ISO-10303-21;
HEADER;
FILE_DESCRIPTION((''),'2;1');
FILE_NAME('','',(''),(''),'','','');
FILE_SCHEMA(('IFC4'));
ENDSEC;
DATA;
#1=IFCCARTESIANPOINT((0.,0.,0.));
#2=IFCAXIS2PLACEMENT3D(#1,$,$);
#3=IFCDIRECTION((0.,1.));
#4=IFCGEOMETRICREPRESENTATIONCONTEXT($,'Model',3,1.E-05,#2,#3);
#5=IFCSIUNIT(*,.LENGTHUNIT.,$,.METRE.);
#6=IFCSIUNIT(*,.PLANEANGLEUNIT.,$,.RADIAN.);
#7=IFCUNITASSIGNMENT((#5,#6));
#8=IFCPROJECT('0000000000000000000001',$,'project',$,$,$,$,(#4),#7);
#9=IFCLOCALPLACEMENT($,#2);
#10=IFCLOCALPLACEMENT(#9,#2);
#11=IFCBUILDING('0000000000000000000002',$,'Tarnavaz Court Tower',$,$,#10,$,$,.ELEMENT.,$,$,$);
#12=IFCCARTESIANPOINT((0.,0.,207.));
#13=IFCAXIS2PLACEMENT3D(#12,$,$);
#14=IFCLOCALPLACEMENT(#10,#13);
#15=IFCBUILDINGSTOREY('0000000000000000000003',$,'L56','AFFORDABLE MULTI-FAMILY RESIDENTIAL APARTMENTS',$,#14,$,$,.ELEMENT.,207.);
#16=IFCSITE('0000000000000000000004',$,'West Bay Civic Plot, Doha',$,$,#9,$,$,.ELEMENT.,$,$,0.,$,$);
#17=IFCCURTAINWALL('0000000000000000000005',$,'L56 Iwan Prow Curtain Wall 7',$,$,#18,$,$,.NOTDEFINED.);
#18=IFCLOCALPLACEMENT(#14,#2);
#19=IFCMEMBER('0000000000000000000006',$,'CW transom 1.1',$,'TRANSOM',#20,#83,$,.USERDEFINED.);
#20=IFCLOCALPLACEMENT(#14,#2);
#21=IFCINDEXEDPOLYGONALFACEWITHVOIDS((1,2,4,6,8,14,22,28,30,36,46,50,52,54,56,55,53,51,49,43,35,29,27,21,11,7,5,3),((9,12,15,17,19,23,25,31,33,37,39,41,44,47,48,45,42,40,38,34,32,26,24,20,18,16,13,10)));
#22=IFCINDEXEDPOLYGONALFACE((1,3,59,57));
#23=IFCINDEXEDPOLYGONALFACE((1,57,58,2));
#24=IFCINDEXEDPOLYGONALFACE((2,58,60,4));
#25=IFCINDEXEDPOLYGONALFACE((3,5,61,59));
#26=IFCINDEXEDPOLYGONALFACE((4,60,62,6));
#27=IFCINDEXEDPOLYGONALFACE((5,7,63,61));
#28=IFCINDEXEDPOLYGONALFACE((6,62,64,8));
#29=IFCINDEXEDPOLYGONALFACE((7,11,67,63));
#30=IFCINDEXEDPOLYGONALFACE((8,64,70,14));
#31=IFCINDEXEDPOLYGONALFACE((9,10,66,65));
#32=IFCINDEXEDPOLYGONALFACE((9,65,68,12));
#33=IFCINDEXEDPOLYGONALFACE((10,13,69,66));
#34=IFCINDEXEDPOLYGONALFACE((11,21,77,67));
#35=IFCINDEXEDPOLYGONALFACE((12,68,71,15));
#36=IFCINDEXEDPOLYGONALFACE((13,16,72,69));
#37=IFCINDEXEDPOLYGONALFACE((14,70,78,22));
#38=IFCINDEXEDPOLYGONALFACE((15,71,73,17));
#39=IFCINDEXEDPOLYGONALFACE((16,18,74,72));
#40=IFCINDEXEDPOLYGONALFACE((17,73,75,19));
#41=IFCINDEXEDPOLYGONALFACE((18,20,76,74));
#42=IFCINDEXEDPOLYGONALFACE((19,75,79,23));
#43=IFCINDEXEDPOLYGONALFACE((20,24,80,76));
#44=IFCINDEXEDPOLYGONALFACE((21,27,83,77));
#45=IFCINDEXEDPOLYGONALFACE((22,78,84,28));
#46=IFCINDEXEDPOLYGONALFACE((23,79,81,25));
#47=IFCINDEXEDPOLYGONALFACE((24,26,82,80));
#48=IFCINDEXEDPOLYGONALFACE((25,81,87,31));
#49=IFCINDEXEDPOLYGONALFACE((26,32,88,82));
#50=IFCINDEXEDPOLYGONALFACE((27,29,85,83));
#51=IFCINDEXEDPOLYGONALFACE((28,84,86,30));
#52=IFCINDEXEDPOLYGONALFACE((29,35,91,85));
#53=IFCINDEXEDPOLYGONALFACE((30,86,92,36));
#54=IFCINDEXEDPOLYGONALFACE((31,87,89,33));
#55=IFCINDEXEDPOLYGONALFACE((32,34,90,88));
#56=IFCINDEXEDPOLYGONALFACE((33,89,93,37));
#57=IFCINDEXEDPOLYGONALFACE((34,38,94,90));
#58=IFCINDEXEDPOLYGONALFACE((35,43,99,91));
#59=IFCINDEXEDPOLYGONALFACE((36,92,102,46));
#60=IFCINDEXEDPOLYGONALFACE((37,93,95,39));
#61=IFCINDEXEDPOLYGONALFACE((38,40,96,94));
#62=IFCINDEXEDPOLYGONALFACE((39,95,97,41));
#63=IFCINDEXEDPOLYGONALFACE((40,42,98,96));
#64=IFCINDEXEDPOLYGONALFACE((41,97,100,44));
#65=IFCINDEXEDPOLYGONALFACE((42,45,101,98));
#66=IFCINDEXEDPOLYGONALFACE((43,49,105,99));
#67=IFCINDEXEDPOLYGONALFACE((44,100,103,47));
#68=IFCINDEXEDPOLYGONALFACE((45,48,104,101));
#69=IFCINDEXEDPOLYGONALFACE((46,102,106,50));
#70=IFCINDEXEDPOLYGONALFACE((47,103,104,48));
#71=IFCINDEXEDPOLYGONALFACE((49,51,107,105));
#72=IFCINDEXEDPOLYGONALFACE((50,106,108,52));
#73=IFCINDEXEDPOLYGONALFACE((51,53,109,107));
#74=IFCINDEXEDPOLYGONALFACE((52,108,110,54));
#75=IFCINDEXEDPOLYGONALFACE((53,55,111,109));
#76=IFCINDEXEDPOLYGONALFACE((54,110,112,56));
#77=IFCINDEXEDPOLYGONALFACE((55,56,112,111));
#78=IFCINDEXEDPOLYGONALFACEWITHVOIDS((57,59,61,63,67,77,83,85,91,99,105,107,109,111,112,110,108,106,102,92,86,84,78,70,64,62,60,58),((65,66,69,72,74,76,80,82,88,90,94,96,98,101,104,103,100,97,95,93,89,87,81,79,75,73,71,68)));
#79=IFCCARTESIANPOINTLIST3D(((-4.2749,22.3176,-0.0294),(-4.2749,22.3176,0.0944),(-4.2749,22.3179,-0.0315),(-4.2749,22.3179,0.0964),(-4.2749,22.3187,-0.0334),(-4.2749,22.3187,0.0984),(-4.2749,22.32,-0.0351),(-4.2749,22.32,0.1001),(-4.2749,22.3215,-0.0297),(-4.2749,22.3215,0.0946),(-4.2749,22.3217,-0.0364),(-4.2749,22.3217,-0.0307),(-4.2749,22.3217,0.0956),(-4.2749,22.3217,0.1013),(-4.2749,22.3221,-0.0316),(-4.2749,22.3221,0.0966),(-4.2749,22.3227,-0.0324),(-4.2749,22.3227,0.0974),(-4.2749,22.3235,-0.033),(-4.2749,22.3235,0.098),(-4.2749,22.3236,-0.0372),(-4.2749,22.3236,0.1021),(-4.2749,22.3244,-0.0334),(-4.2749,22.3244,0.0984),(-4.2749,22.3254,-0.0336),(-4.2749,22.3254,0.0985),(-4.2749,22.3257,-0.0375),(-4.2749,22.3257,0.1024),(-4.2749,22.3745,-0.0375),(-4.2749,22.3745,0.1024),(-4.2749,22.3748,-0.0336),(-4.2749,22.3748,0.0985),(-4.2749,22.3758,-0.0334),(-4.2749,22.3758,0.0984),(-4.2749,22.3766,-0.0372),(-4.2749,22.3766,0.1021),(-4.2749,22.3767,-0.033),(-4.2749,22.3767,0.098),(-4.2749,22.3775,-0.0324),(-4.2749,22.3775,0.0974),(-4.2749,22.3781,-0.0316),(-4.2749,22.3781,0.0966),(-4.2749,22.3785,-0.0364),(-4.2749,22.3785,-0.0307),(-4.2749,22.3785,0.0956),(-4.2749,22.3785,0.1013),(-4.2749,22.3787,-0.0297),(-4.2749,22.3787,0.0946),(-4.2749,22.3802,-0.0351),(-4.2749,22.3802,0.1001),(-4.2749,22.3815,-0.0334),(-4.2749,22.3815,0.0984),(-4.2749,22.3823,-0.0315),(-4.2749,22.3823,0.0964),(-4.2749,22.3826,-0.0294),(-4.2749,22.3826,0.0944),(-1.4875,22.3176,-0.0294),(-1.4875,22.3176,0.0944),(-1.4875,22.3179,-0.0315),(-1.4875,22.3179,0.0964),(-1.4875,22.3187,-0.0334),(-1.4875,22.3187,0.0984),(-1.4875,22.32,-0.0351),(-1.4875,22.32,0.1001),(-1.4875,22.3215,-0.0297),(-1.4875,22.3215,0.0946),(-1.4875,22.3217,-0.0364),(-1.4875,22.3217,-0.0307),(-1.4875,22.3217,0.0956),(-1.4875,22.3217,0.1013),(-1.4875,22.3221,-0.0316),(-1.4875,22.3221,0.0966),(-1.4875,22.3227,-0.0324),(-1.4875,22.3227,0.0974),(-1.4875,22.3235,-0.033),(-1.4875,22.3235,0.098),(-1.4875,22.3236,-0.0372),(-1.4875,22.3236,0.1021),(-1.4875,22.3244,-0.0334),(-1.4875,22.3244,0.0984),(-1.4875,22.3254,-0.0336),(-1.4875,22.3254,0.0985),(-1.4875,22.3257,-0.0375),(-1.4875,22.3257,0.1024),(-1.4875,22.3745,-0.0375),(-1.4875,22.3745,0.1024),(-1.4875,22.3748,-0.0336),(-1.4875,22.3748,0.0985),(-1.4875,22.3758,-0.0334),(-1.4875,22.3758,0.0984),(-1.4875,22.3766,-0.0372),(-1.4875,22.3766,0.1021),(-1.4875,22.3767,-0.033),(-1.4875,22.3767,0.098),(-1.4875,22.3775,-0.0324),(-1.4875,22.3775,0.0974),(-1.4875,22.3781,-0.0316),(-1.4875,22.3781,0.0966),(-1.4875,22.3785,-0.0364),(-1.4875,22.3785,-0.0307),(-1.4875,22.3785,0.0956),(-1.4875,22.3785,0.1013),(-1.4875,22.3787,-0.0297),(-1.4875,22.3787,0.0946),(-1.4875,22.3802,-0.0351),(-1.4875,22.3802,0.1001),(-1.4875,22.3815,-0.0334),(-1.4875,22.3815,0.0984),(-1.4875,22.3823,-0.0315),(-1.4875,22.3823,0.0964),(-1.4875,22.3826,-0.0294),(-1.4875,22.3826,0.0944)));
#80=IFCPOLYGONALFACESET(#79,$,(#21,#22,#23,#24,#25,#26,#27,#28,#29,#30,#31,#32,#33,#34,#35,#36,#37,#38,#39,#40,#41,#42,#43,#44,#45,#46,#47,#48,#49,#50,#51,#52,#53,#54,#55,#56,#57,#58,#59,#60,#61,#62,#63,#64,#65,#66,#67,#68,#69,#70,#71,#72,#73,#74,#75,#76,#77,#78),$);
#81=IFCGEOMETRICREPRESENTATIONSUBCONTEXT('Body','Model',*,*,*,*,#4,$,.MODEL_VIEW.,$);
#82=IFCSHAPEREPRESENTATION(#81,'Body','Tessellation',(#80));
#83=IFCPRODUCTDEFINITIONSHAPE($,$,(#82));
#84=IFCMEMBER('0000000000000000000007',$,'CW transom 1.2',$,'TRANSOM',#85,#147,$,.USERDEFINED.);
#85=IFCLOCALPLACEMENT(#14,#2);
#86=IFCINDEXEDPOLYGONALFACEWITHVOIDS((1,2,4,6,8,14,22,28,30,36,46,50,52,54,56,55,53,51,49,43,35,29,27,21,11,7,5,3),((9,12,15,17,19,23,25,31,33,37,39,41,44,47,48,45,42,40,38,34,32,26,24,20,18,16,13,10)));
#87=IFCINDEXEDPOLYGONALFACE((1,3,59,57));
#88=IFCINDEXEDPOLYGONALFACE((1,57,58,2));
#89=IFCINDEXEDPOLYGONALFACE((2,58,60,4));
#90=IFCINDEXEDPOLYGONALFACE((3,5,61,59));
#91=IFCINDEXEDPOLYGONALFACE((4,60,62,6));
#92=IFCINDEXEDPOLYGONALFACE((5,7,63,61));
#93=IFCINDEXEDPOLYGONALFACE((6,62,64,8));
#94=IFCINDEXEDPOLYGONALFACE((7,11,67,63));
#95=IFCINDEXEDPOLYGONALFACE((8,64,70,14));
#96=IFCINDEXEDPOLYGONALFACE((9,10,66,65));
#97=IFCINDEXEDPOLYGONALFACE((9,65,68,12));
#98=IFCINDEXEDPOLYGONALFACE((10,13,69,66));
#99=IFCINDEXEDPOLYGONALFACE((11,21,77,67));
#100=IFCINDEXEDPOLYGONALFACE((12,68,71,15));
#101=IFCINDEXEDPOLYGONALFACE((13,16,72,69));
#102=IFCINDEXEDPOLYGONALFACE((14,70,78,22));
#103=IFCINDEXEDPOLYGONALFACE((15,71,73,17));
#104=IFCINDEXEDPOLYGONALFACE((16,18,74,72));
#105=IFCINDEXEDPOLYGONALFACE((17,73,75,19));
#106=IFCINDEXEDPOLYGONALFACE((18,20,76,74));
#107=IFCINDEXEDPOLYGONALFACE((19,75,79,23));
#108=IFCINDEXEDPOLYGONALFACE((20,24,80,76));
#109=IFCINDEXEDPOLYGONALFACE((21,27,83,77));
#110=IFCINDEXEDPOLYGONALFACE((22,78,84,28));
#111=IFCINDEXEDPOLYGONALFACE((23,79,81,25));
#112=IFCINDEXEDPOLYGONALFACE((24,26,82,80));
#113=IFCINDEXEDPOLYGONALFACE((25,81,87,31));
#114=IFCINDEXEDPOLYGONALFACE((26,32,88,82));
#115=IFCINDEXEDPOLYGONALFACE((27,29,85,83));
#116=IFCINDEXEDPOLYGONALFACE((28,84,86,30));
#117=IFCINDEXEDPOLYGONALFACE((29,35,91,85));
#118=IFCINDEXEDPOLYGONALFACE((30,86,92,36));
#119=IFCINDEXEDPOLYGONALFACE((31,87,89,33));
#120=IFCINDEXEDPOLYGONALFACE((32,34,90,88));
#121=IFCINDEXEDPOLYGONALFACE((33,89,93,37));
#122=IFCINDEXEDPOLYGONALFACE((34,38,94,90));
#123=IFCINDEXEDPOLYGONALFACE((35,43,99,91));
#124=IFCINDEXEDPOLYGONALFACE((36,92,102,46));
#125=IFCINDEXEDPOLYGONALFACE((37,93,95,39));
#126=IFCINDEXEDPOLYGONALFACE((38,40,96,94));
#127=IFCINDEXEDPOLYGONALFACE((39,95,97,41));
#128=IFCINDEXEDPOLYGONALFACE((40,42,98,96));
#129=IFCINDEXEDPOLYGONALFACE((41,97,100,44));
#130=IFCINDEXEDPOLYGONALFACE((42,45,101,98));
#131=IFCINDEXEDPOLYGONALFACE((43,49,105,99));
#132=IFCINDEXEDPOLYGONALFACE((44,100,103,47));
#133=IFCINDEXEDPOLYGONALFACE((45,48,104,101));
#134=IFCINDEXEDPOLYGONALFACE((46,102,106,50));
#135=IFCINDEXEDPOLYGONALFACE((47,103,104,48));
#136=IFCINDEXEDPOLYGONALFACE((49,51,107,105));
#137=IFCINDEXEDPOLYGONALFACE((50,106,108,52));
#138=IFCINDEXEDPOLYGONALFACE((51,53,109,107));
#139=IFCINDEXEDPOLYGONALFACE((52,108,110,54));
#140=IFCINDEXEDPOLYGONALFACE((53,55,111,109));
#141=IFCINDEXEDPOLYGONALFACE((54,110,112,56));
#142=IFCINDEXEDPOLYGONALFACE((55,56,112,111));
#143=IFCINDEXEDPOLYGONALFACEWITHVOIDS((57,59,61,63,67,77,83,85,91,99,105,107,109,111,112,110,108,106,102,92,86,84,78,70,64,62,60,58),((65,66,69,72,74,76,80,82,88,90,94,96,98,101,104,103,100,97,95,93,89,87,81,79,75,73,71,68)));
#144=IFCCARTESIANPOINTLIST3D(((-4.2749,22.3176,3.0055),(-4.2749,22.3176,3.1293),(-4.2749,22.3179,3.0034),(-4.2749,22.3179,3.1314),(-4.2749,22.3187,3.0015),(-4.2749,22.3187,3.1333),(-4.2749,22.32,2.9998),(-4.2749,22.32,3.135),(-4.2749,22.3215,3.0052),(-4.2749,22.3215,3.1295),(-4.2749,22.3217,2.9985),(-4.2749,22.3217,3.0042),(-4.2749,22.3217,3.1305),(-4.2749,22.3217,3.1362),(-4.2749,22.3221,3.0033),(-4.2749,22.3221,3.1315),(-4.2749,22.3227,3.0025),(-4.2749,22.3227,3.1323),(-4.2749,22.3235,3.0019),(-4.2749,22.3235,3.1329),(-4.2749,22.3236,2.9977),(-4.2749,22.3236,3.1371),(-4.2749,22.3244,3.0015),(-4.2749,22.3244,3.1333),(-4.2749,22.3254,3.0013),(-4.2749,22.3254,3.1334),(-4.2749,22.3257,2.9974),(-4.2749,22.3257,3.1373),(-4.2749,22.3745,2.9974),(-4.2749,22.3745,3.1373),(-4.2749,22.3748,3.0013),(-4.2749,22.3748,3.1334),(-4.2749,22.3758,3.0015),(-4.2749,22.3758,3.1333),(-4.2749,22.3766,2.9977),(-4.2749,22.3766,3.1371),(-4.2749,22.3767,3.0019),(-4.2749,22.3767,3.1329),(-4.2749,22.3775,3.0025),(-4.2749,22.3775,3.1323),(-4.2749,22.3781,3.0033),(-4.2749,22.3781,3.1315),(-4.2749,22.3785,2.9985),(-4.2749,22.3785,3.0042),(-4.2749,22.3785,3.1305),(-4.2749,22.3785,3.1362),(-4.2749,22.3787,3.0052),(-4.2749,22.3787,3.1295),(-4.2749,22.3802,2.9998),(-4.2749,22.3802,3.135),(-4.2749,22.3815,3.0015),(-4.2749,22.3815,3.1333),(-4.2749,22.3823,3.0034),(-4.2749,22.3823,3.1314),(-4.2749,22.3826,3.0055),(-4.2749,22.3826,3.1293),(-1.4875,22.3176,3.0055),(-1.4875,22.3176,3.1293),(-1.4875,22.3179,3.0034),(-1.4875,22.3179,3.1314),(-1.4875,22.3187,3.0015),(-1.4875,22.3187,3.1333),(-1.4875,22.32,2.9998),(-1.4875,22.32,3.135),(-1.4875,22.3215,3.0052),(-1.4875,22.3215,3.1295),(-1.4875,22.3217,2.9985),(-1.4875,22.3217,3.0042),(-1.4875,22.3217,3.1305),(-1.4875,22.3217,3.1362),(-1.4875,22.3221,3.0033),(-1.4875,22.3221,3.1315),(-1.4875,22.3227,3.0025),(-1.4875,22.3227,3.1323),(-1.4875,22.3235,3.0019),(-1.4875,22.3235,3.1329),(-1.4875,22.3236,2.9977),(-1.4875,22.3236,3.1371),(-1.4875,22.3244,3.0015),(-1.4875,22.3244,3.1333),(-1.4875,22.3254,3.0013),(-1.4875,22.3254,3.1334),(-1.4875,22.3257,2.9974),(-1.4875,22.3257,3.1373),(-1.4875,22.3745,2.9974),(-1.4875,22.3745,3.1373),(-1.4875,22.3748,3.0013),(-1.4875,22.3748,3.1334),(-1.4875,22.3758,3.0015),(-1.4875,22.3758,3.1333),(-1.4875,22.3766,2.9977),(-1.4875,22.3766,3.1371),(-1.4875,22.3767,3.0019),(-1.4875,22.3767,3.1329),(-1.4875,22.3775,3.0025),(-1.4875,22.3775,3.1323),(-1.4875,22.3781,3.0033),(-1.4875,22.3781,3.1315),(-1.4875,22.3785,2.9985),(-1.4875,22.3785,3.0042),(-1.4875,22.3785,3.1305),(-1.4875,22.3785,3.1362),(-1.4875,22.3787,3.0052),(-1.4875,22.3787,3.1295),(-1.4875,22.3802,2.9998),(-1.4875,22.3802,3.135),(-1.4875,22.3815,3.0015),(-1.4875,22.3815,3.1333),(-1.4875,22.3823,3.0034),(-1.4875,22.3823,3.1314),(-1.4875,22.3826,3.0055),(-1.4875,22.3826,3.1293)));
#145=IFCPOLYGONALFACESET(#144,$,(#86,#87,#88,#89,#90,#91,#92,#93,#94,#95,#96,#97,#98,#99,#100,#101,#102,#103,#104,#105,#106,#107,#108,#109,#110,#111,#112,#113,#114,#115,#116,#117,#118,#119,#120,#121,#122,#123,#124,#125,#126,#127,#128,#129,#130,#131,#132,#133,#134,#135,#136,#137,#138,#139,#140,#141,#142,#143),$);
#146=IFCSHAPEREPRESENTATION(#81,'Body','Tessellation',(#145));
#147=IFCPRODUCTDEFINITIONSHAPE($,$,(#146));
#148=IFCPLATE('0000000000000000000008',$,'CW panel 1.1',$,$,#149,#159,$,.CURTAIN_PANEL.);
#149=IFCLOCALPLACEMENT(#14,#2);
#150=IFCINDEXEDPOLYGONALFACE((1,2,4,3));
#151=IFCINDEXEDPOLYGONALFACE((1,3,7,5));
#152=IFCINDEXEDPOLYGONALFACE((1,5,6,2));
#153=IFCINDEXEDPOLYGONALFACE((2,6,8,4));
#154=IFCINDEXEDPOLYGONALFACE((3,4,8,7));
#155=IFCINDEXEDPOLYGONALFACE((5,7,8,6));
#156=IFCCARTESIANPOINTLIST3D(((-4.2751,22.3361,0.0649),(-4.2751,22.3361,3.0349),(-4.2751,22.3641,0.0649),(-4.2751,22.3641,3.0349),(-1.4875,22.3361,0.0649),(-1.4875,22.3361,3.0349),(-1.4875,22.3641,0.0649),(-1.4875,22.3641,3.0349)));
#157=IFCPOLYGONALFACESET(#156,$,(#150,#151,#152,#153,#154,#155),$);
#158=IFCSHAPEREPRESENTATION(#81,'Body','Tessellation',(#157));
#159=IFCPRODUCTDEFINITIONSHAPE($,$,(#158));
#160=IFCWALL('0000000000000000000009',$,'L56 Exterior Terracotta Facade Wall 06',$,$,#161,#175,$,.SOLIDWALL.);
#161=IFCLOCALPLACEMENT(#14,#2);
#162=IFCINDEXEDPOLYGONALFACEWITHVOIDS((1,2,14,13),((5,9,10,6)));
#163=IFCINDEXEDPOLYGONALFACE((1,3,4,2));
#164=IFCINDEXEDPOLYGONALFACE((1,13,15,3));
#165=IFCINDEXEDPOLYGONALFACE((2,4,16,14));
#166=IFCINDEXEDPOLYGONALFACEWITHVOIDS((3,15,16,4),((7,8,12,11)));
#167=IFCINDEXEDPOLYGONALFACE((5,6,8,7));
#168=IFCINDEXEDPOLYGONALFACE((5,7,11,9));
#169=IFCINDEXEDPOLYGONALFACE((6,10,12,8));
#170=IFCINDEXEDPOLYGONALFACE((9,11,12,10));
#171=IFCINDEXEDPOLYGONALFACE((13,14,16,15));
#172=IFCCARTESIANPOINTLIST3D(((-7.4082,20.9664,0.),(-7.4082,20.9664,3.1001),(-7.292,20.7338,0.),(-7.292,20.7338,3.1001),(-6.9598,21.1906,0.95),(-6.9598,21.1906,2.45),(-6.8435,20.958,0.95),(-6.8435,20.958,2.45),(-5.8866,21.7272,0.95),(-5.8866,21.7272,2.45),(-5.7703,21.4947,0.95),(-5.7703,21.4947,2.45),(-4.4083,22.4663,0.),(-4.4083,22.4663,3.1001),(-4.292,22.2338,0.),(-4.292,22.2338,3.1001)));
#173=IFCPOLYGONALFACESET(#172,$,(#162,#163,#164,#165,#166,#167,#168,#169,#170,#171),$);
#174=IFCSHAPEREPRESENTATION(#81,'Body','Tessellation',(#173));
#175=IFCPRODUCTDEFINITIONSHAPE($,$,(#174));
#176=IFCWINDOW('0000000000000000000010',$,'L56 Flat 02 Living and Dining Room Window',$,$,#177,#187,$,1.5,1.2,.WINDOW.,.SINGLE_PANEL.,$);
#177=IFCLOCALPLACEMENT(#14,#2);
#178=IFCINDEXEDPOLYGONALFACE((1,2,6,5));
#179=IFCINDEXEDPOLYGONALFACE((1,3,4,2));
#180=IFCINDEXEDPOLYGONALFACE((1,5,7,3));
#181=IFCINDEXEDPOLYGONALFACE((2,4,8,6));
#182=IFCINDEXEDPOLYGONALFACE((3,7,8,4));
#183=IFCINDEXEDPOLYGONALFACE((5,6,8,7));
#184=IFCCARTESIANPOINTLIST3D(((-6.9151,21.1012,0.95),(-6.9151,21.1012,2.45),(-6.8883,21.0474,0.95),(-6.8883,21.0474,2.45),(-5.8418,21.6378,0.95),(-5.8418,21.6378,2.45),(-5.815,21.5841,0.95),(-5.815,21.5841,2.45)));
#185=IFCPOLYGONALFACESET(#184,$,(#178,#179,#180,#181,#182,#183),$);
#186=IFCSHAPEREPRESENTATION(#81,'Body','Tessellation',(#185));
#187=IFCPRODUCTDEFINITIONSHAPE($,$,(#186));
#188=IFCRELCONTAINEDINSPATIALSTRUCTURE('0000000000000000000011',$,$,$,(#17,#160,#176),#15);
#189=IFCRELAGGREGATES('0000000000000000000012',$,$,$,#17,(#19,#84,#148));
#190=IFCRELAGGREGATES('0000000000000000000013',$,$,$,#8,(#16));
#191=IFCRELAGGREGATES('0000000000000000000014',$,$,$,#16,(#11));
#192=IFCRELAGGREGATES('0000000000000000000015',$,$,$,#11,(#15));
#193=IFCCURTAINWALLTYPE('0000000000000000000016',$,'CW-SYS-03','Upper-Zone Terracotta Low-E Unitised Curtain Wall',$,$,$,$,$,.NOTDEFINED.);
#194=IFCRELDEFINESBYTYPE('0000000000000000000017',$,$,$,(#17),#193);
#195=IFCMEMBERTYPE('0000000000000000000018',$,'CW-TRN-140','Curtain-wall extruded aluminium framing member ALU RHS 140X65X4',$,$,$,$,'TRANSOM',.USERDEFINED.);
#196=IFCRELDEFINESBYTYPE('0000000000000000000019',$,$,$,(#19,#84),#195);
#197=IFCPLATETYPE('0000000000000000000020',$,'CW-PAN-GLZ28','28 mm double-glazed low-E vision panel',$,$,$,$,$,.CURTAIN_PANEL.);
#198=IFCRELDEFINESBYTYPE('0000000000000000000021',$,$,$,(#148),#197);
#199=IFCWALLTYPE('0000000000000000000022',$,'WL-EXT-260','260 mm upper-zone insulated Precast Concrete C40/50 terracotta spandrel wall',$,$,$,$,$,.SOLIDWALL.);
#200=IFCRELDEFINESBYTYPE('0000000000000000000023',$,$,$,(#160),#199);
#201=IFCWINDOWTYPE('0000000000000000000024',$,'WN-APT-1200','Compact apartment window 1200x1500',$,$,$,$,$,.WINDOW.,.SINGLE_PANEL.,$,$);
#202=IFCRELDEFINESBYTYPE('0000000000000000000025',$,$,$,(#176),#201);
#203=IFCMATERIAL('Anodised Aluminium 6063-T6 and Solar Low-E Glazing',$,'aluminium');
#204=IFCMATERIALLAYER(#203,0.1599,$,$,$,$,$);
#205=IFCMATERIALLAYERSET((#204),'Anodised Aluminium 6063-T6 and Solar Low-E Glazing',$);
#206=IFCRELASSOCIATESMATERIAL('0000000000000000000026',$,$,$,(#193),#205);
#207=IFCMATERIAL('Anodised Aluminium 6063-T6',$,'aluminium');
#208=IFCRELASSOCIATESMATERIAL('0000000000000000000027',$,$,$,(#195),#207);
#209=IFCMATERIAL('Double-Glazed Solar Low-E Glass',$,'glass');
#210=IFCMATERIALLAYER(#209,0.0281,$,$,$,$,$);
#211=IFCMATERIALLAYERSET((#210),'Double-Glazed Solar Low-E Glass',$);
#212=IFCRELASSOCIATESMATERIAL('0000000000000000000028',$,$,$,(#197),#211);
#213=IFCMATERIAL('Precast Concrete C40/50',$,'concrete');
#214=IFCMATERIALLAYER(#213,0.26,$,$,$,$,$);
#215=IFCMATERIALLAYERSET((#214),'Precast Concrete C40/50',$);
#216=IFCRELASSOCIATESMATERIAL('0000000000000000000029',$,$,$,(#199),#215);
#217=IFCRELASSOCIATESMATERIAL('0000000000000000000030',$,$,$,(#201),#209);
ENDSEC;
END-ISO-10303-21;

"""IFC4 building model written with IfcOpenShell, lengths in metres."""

from ifc_helpers import new_model, si_unit, direction, frame, frame_2d, origin, origin_2d, place, context, subcontext, project, spatial, rectangle, hollow_rectangle, extrude, material, layer, layer_set, material_profile, profile_set, type_object, element, fill, aggregate, save


model = new_model("IFC4")

# Units and contexts
model_context = context("Model", 3, precision=1e-05, world=origin(), true_north=direction((0.0, 1.0)))
body_context = subcontext(model_context, "Body", "Model", "MODEL_VIEW")
ifc_project = project(units=[si_unit("LENGTHUNIT", "METRE"), si_unit("PLANEANGLEUNIT", "RADIAN")], contexts=[model_context])

# Site, building, storey
site_placement = place(None, origin())
site = spatial("IfcSite", under=ifc_project, at=site_placement, Name="West Bay Civic Plot, Doha", CompositionType="ELEMENT", RefElevation=0.0)
building_placement = place(site_placement, origin())
building = spatial("IfcBuilding", under=site, at=building_placement, Name="Tarnavaz Court Tower", CompositionType="ELEMENT")
storey_placement = place(building_placement, frame((0.0, 0.0, 207.0)))
storey = spatial("IfcBuildingStorey", under=building, at=storey_placement, Name="L56", Description="AFFORDABLE MULTI-FAMILY RESIDENTIAL APARTMENTS", CompositionType="ELEMENT", Elevation=207.0)

# Curtain wall, members, plate
ifc_material_1 = material(Name="Anodised Aluminium 6063-T6 and Solar Low-E Glazing", Category="aluminium")
ifc_layer_1 = layer(ifc_material_1, 0.1599)
ifc_layer_set_1 = layer_set([ifc_layer_1], Name="Anodised Aluminium 6063-T6 and Solar Low-E Glazing")
curtain_wall_type = type_object("IfcCurtainWallType", Name="CW-SYS-03", Description="Upper-Zone Terracotta Low-E Unitised Curtain Wall", PredefinedType="NOTDEFINED", material=ifc_layer_set_1)
curtain_wall_placement = place(storey_placement, origin())
curtain_wall = element("IfcCurtainWall", 1, at=curtain_wall_placement, inside=storey, type_object=curtain_wall_type, Name="L56 Iwan Prow Curtain Wall 7", PredefinedType="NOTDEFINED")
ifc_material_2 = material(Name="Anodised Aluminium 6063-T6", Category="aluminium")
ifc_material_profile_1 = material_profile(ifc_material_2, hollow_rectangle(XDim=0.0649, YDim=0.1399, WallThickness=0.0039, InnerFilletRadius=0.0039, OuterFilletRadius=0.0081, at=origin_2d()), Name="ALU RHS 140X65X4")
ifc_profile_set_1 = profile_set([ifc_material_profile_1], Name="Anodised Aluminium 6063-T6")
member_type_1 = type_object("IfcMemberType", Name="CW-TRN-140", Description="Curtain-wall extruded aluminium framing member ALU RHS 140X65X4", ElementType="TRANSOM", PredefinedType="USERDEFINED", material=ifc_profile_set_1)
member_1_placement = place(storey_placement, frame((-4.2749, 22.3501, 0.0325), z_axis=(1.0, 0.0, 0.0), x_axis=(0.0, 1.0, 0.0)))
member_1 = element("IfcMember", 2, at=member_1_placement, type_object=member_type_1, Name="CW transom 1.1", ObjectType="TRANSOM", PredefinedType="USERDEFINED", context=body_context, shape_type="SweptSolid", body=[
    extrude(hollow_rectangle(XDim=0.0649, YDim=0.1399, WallThickness=0.0039, InnerFilletRadius=0.0039, OuterFilletRadius=0.0081, at=origin_2d()), origin(), (0.0, 0.0, 1.0), 2.7874),
])
member_2_placement = place(storey_placement, frame((-4.2749, 22.3501, 3.0674), z_axis=(1.0, 0.0, 0.0), x_axis=(0.0, 1.0, 0.0)))
member_2 = element("IfcMember", 3, at=member_2_placement, type_object=member_type_1, Name="CW transom 1.2", ObjectType="TRANSOM", PredefinedType="USERDEFINED", context=body_context, shape_type="SweptSolid", body=[
    extrude(hollow_rectangle(XDim=0.0649, YDim=0.1399, WallThickness=0.0039, InnerFilletRadius=0.0039, OuterFilletRadius=0.0081, at=origin_2d()), origin(), (0.0, 0.0, 1.0), 2.7874),
])
ifc_material_3 = material(Name="Double-Glazed Solar Low-E Glass", Category="glass")
ifc_layer_2 = layer(ifc_material_3, 0.0281)
ifc_layer_set_2 = layer_set([ifc_layer_2], Name="Double-Glazed Solar Low-E Glass")
plate_type = type_object("IfcPlateType", Name="CW-PAN-GLZ28", Description="28 mm double-glazed low-E vision panel", PredefinedType="CURTAIN_PANEL", material=ifc_layer_set_2)
plate_placement = place(storey_placement, frame((-2.8813, 22.3501, 0.0649), z_axis=(0.0, 0.0, 1.0), x_axis=(1.0, 0.0, 0.0)))
plate = element("IfcPlate", 4, at=plate_placement, type_object=plate_type, Name="CW panel 1.1", PredefinedType="CURTAIN_PANEL", context=body_context, shape_type="SweptSolid", body=[
    extrude(rectangle(XDim=2.7876, YDim=0.0281, at=origin_2d()), origin(), (0.0, 0.0, 1.0), 2.97),
])
aggregate(curtain_wall, [member_1, member_2, plate])

# Wall, opening, window
ifc_material_4 = material(Name="Precast Concrete C40/50", Category="concrete")
ifc_layer_3 = layer(ifc_material_4, 0.26)
ifc_layer_set_3 = layer_set([ifc_layer_3], Name="Precast Concrete C40/50")
wall_type_1 = type_object("IfcWallType", Name="WL-EXT-260", Description="260 mm upper-zone insulated Precast Concrete C40/50 terracotta spandrel wall", PredefinedType="SOLIDWALL", material=ifc_layer_set_3)
wall_1_placement = place(storey_placement, frame((-7.3501, 20.8501, 0.0), z_axis=(0.0, 0.0, 1.0), x_axis=(0.894427, 0.447214, 0.0)))
wall_1 = element("IfcWall", 5, at=wall_1_placement, inside=storey, type_object=wall_type_1, Name="L56 Exterior Terracotta Facade Wall 06", PredefinedType="SOLIDWALL", context=body_context, shape_type="SweptSolid", body=[
    extrude(rectangle(XDim=3.354, YDim=0.26, at=frame_2d((1.677, 0.0))), origin(), (0.0, 0.0, 1.0), 3.1001),
])
opening_1_placement = place(wall_1_placement, frame((0.5012, 0.0, 0.95)))
opening_1 = element("IfcOpeningElement", 6, at=opening_1_placement, cuts=wall_1, PredefinedType="OPENING", context=body_context, shape_type="SweptSolid", body=[
    extrude(rectangle(XDim=1.2, YDim=1.5, at=frame_2d((0.6001, 0.75))), frame((0.0, 0.1399, 0.0), z_axis=(0.0, -1.0, 0.0), x_axis=(1.0, 0.0, 0.0)), (0.0, 0.0, 1.0), 0.28),
])
window_type = type_object("IfcWindowType", Name="WN-APT-1200", Description="Compact apartment window 1200x1500", PartitioningType="SINGLE_PANEL", PredefinedType="WINDOW", material=ifc_material_3)
window_placement = place(opening_1_placement, origin())
window = element("IfcWindow", 7, at=window_placement, inside=storey, type_object=window_type, Name="L56 Flat 02 Living and Dining Room Window", OverallHeight=1.5, OverallWidth=1.2, PartitioningType="SINGLE_PANEL", PredefinedType="WINDOW", context=body_context, shape_type="SweptSolid", body=[
    extrude(rectangle(XDim=1.2, YDim=1.5, at=frame_2d((0.6001, 0.75))), frame((0.0, 0.03, 0.0), z_axis=(0.0, -1.0, 0.0), x_axis=(1.0, 0.0, 0.0)), (0.0, 0.0, 1.0), 0.0601),
])
fill(opening_1, window)

save(model, "model.ifc")
